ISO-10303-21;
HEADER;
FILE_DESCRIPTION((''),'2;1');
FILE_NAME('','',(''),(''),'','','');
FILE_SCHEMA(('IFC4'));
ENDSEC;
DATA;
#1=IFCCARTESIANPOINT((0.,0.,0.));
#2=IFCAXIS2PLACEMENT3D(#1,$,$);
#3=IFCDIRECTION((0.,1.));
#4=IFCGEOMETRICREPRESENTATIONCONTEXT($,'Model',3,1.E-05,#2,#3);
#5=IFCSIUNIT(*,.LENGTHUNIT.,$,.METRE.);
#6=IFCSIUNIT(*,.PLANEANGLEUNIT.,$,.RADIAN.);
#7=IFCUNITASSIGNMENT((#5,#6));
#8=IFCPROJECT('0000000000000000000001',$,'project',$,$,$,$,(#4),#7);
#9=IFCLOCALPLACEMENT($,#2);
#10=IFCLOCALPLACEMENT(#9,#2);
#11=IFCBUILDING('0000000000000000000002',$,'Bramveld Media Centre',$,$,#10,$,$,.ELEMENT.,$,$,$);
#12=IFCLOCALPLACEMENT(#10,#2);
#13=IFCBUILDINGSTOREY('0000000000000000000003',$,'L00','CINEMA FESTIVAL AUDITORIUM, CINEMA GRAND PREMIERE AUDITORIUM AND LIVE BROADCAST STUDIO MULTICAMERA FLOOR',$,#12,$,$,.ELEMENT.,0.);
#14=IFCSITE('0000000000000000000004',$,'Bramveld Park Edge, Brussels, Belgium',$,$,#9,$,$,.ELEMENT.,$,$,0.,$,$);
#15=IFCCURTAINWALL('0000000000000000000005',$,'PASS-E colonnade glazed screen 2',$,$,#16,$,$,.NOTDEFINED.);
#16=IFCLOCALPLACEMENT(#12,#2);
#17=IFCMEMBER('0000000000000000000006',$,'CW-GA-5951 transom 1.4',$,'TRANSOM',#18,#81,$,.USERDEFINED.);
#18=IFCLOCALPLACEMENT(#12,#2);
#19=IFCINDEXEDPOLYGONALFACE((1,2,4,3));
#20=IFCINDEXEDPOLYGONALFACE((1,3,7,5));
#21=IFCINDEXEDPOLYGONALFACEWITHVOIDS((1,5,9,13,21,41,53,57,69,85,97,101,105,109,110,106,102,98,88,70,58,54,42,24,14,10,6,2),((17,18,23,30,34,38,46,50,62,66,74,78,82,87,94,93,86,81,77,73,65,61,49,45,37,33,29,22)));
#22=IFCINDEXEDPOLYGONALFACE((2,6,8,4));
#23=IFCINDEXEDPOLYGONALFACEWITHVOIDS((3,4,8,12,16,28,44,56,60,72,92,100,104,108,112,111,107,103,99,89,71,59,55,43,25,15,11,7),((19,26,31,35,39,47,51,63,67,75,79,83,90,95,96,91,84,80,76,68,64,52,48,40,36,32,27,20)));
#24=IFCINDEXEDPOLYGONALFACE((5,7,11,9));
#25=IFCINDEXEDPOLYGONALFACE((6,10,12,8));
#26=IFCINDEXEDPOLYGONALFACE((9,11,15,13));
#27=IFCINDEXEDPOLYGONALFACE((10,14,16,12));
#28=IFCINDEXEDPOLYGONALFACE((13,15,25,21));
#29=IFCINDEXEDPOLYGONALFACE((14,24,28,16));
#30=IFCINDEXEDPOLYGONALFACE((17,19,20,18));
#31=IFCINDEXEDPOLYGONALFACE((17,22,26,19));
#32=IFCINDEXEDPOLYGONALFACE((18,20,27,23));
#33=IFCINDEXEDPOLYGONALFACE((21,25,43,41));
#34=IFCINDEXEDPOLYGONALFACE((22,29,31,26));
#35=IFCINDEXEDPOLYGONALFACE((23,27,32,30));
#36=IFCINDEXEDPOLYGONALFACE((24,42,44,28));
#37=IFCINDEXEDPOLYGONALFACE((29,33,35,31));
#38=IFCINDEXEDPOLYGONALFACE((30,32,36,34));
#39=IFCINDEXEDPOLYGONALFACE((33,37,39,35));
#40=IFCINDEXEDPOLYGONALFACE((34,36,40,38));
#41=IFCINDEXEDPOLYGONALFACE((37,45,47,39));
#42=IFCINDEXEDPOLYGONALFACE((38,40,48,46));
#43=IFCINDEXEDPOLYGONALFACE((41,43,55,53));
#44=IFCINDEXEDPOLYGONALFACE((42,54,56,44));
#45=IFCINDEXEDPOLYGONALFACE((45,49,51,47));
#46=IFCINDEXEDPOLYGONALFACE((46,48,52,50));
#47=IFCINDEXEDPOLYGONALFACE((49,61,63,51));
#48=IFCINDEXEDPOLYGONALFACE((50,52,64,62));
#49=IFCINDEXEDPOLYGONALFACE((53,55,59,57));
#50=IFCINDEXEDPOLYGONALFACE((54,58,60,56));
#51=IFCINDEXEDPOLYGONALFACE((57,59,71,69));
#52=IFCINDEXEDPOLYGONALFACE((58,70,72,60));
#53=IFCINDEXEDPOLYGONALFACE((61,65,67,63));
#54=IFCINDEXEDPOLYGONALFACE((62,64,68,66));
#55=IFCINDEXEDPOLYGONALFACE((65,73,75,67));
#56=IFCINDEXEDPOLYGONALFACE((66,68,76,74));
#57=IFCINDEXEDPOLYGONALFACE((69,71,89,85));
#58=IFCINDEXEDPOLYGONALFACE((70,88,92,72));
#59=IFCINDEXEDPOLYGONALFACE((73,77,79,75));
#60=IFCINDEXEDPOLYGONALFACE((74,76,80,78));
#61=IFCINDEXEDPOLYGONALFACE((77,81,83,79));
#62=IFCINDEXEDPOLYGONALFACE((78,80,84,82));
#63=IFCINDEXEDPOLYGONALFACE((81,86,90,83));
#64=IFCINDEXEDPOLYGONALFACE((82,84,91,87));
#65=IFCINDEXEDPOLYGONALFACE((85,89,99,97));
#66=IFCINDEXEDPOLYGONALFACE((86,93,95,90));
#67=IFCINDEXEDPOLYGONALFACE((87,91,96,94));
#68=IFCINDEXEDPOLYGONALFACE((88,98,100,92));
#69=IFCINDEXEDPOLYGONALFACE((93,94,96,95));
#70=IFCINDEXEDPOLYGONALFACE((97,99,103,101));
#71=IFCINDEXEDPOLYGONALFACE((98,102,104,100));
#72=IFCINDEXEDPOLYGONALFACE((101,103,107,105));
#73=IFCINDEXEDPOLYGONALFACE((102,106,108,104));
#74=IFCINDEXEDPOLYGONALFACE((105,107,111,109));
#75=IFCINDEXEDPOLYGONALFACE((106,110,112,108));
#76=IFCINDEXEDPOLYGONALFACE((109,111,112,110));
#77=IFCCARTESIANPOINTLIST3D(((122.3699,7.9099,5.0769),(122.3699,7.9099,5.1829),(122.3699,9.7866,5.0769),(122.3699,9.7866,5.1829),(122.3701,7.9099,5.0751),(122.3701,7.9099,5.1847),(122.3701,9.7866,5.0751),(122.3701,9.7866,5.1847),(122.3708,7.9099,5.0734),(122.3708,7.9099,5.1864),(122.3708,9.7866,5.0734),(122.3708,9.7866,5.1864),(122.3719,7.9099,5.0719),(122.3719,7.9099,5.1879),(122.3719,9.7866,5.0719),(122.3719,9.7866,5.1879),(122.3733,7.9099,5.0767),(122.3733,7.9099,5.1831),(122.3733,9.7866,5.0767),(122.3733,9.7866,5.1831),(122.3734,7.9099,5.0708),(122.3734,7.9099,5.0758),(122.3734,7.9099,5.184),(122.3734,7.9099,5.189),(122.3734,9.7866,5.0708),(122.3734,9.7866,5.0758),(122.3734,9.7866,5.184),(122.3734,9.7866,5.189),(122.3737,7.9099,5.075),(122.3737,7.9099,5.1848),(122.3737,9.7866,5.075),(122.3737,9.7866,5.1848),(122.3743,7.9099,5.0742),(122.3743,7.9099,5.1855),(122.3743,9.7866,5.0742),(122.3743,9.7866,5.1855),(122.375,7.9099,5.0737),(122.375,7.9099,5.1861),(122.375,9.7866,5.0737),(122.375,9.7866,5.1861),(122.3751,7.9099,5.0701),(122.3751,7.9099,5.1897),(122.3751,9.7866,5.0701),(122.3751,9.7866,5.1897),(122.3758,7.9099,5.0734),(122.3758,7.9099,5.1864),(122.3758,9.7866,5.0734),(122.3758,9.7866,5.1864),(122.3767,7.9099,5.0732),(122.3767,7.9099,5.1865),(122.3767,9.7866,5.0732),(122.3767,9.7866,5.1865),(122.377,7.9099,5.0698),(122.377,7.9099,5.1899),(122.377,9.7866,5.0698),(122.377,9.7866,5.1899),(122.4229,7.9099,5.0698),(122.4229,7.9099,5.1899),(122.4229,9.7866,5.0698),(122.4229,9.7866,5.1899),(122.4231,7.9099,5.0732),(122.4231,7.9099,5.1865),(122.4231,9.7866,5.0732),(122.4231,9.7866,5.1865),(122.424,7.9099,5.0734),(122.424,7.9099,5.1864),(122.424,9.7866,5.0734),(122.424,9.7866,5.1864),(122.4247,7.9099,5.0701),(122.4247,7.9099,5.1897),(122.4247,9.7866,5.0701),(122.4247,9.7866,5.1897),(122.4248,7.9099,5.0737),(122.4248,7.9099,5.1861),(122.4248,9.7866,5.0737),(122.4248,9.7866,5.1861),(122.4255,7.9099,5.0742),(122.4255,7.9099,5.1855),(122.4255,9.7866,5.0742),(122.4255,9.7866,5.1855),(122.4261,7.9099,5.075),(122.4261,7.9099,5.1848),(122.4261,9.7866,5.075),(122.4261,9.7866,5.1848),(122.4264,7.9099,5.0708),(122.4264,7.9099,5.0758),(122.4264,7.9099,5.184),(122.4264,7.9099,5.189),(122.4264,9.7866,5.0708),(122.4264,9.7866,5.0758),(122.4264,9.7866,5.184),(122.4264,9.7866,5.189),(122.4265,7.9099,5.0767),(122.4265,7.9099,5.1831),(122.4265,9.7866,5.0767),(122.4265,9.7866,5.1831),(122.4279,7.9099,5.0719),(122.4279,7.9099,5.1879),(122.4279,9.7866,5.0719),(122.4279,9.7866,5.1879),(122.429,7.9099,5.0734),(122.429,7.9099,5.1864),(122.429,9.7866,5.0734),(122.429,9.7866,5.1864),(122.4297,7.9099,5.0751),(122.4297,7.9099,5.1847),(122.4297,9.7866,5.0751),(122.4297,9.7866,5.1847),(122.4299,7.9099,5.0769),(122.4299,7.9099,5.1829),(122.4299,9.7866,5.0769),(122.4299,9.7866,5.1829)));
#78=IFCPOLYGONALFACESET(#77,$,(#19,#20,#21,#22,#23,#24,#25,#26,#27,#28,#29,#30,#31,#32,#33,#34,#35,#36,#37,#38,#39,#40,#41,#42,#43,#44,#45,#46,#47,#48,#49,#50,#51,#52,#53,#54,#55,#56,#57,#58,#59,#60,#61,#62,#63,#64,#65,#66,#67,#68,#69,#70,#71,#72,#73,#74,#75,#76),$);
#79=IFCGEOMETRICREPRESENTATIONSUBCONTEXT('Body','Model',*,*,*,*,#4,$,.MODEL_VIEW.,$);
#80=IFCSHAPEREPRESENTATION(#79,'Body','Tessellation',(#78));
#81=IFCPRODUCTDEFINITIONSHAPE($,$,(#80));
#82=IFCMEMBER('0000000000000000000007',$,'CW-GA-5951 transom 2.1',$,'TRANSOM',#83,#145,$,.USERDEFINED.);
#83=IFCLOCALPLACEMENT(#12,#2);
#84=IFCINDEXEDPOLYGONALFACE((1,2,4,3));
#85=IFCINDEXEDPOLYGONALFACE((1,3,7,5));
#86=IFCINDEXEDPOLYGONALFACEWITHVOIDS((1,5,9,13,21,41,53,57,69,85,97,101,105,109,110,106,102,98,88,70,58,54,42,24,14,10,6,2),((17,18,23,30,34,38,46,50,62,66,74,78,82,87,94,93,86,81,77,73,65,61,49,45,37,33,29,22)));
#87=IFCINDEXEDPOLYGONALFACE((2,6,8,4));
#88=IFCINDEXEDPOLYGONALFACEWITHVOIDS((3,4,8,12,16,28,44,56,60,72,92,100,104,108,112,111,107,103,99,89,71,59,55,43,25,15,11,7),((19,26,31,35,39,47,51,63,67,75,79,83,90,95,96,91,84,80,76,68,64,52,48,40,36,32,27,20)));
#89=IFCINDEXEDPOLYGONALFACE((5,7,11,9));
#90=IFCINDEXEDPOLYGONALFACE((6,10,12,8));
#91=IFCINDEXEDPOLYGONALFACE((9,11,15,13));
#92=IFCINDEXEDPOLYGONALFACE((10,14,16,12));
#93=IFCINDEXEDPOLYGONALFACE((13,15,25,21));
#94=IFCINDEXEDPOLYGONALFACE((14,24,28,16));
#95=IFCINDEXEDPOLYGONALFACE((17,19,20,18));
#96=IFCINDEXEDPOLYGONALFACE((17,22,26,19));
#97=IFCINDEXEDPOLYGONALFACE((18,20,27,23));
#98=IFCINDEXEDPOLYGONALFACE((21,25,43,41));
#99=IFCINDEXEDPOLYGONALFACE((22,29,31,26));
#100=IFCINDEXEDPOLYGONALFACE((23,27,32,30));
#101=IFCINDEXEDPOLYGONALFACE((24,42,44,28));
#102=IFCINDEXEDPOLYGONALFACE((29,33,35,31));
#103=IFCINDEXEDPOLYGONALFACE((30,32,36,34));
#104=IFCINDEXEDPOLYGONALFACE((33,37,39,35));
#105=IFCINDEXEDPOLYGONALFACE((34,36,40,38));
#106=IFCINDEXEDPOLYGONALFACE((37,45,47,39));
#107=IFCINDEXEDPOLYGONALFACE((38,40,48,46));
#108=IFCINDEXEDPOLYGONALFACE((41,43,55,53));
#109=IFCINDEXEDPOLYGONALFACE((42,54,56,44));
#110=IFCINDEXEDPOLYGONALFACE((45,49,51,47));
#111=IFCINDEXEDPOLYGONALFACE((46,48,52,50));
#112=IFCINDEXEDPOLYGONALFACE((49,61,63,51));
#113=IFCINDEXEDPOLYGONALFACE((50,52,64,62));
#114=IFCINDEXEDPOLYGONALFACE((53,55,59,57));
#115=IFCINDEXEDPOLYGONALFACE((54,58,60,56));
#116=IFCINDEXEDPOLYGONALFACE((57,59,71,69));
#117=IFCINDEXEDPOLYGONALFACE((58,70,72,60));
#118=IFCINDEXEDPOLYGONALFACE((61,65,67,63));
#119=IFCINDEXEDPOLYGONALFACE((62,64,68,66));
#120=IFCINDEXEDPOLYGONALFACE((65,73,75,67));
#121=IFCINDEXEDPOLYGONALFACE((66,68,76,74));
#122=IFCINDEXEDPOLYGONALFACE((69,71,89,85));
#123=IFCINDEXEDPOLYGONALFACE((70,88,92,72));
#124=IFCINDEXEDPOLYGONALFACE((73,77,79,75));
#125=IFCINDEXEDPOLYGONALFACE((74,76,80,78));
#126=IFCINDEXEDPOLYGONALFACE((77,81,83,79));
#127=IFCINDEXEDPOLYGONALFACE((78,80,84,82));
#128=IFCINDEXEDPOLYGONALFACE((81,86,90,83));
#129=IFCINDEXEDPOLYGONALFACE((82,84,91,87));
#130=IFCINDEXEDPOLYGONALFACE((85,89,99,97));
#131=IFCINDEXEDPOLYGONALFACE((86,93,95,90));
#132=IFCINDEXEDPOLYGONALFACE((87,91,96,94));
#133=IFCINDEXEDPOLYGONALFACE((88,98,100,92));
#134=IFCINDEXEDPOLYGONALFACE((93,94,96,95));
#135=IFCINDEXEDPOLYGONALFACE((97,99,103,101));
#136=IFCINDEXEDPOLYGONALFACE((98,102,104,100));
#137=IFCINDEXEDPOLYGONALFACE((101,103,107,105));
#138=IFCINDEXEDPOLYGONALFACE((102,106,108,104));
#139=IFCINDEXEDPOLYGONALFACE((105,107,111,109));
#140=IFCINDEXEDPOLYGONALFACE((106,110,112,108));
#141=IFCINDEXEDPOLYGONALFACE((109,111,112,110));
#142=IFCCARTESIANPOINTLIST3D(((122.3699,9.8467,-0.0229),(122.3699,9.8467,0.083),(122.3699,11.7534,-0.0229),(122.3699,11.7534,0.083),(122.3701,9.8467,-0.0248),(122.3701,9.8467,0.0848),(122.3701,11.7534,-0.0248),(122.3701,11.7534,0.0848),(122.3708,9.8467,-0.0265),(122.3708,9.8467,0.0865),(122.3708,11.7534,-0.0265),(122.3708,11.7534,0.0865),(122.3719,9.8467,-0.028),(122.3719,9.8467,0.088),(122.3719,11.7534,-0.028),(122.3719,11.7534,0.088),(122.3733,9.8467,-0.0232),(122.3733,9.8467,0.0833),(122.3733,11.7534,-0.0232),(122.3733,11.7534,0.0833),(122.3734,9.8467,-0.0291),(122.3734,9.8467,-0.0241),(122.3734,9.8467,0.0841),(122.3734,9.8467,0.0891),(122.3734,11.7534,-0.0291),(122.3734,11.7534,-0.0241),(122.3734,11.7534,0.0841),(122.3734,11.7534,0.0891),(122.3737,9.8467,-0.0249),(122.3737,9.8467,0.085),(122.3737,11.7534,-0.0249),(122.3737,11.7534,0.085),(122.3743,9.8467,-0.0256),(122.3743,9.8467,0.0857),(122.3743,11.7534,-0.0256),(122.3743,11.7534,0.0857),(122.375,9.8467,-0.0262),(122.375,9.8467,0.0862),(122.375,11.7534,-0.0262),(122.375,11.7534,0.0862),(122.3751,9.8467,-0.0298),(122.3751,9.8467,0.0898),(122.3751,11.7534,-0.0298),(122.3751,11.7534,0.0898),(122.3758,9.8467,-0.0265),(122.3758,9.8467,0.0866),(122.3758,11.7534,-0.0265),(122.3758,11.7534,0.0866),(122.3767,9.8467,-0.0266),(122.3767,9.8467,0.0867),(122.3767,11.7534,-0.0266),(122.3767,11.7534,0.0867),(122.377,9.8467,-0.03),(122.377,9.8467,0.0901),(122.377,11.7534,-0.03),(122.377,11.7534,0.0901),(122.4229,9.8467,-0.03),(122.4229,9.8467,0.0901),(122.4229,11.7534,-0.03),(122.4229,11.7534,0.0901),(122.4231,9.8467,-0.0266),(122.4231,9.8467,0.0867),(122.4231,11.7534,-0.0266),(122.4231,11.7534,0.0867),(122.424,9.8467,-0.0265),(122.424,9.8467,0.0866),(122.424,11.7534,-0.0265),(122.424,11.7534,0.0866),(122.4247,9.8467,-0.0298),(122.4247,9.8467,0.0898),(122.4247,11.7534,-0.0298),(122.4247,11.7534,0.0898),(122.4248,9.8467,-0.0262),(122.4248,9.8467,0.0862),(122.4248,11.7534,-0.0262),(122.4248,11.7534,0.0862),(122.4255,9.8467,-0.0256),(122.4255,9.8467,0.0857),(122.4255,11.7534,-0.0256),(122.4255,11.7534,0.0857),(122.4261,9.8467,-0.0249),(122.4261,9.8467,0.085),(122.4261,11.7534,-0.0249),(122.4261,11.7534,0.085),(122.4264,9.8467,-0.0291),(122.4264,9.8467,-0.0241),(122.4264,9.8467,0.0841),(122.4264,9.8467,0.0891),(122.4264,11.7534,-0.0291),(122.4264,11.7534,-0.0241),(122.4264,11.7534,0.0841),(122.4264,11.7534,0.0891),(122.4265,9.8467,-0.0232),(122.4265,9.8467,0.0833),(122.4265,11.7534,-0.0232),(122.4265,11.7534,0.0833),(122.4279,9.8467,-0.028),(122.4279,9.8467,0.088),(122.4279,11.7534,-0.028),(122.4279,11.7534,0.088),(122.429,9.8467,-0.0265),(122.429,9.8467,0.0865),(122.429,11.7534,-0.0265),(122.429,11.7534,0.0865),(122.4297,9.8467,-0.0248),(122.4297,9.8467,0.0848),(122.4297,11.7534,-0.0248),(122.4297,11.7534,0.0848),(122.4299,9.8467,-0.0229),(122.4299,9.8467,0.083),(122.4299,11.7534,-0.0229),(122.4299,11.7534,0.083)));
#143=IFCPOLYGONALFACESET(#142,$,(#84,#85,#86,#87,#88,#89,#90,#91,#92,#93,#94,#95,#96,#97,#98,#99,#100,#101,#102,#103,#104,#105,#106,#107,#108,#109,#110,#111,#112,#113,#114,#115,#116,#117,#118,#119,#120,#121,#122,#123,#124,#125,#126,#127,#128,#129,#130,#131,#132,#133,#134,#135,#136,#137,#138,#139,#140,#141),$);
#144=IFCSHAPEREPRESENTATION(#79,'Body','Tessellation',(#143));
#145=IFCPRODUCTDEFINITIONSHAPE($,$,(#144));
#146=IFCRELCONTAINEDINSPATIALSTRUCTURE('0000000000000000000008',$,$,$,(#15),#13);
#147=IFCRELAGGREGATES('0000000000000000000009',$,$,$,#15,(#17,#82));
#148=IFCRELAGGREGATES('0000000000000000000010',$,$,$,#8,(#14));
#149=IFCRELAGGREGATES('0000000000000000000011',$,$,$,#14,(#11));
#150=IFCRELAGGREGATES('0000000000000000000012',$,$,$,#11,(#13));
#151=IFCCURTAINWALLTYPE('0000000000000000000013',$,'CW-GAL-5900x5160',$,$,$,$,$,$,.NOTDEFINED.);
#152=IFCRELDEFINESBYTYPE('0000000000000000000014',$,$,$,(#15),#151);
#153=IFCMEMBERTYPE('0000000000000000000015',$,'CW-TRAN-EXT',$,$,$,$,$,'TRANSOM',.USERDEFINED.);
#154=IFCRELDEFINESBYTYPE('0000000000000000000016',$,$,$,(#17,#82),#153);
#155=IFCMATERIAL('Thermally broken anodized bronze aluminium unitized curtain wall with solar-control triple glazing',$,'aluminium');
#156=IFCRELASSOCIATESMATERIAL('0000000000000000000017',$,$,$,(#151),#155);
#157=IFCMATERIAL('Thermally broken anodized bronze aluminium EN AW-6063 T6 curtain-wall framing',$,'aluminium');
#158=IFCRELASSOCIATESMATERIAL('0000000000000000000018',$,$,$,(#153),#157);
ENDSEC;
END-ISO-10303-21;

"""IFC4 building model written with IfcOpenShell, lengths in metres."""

from ifc_helpers import new_model, si_unit, direction, frame, origin, origin_2d, place, context, subcontext, project, spatial, hollow_rectangle, extrude, material, material_profile, profile_set, type_object, element, aggregate, save


model = new_model("IFC4")

# Units and contexts
model_context = context("Model", 3, precision=1e-05, world=origin(), true_north=direction((0.0, 1.0)))
body_context = subcontext(model_context, "Body", "Model", "MODEL_VIEW")
ifc_project = project(units=[si_unit("LENGTHUNIT", "METRE"), si_unit("PLANEANGLEUNIT", "RADIAN")], contexts=[model_context])

# Site, building, storey
site_placement = place(None, origin())
site = spatial("IfcSite", under=ifc_project, at=site_placement, Name="Bramveld Park Edge, Brussels, Belgium", CompositionType="ELEMENT", RefElevation=0.0)
building_placement = place(site_placement, origin())
building = spatial("IfcBuilding", under=site, at=building_placement, Name="Bramveld Media Centre", CompositionType="ELEMENT")
storey_placement = place(building_placement, origin())
storey = spatial("IfcBuildingStorey", under=building, at=storey_placement, Name="L00", Description="CINEMA FESTIVAL AUDITORIUM, CINEMA GRAND PREMIERE AUDITORIUM AND LIVE BROADCAST STUDIO MULTICAMERA FLOOR", CompositionType="ELEMENT", Elevation=0.0)

# Curtain wall
ifc_material_1 = material(Name="Thermally broken anodized bronze aluminium unitized curtain wall with solar-control triple glazing", Category="aluminium")
curtain_wall_type = type_object("IfcCurtainWallType", Name="CW-GAL-5900x5160", PredefinedType="NOTDEFINED", material=ifc_material_1)
curtain_wall_1_placement = place(storey_placement, origin())
curtain_wall_1 = element("IfcCurtainWall", 1, at=curtain_wall_1_placement, inside=storey, type_object=curtain_wall_type, Name="PASS-E colonnade glazed screen 2", PredefinedType="NOTDEFINED")

# Members
ifc_material_2 = material(Name="Thermally broken anodized bronze aluminium EN AW-6063 T6 curtain-wall framing", Category="aluminium")
ifc_material_profile_1 = material_profile(ifc_material_2, hollow_rectangle(XDim=0.0601, YDim=0.1201, WallThickness=0.0034, InnerFilletRadius=0.0034, OuterFilletRadius=0.0071, at=origin_2d()), Name="AL-TRAN 60x120")
ifc_profile_set_1 = profile_set([ifc_material_profile_1], Name="Thermally broken anodized bronze aluminium EN AW-6063 T6 curtain-wall framing")
member_type_1 = type_object("IfcMemberType", Name="CW-TRAN-EXT", ElementType="TRANSOM", PredefinedType="USERDEFINED", material=ifc_profile_set_1)
member_1_placement = place(storey_placement, frame((122.3999, 7.9099, 5.1299), z_axis=(0.0, 1.0, 0.0), x_axis=(-1.0, 0.0, 0.0)))
member_1 = element("IfcMember", 2, at=member_1_placement, type_object=member_type_1, Name="CW-GA-5951 transom 1.4", ObjectType="TRANSOM", PredefinedType="USERDEFINED", context=body_context, shape_type="SweptSolid", body=[
    extrude(hollow_rectangle(XDim=0.0601, YDim=0.1201, WallThickness=0.0034, InnerFilletRadius=0.0034, OuterFilletRadius=0.0071, at=origin_2d()), origin(), (0.0, 0.0, 1.0), 1.8767),
])
member_2_placement = place(storey_placement, frame((122.3999, 9.8467, 0.03), z_axis=(0.0, 1.0, 0.0), x_axis=(-1.0, 0.0, 0.0)))
member_2 = element("IfcMember", 3, at=member_2_placement, type_object=member_type_1, Name="CW-GA-5951 transom 2.1", ObjectType="TRANSOM", PredefinedType="USERDEFINED", context=body_context, shape_type="SweptSolid", body=[
    extrude(hollow_rectangle(XDim=0.0601, YDim=0.1201, WallThickness=0.0034, InnerFilletRadius=0.0034, OuterFilletRadius=0.0071, at=origin_2d()), origin(), (0.0, 0.0, 1.0), 1.9067),
])

aggregate(curtain_wall_1, [member_1, member_2])

save(model, "model.ifc")
